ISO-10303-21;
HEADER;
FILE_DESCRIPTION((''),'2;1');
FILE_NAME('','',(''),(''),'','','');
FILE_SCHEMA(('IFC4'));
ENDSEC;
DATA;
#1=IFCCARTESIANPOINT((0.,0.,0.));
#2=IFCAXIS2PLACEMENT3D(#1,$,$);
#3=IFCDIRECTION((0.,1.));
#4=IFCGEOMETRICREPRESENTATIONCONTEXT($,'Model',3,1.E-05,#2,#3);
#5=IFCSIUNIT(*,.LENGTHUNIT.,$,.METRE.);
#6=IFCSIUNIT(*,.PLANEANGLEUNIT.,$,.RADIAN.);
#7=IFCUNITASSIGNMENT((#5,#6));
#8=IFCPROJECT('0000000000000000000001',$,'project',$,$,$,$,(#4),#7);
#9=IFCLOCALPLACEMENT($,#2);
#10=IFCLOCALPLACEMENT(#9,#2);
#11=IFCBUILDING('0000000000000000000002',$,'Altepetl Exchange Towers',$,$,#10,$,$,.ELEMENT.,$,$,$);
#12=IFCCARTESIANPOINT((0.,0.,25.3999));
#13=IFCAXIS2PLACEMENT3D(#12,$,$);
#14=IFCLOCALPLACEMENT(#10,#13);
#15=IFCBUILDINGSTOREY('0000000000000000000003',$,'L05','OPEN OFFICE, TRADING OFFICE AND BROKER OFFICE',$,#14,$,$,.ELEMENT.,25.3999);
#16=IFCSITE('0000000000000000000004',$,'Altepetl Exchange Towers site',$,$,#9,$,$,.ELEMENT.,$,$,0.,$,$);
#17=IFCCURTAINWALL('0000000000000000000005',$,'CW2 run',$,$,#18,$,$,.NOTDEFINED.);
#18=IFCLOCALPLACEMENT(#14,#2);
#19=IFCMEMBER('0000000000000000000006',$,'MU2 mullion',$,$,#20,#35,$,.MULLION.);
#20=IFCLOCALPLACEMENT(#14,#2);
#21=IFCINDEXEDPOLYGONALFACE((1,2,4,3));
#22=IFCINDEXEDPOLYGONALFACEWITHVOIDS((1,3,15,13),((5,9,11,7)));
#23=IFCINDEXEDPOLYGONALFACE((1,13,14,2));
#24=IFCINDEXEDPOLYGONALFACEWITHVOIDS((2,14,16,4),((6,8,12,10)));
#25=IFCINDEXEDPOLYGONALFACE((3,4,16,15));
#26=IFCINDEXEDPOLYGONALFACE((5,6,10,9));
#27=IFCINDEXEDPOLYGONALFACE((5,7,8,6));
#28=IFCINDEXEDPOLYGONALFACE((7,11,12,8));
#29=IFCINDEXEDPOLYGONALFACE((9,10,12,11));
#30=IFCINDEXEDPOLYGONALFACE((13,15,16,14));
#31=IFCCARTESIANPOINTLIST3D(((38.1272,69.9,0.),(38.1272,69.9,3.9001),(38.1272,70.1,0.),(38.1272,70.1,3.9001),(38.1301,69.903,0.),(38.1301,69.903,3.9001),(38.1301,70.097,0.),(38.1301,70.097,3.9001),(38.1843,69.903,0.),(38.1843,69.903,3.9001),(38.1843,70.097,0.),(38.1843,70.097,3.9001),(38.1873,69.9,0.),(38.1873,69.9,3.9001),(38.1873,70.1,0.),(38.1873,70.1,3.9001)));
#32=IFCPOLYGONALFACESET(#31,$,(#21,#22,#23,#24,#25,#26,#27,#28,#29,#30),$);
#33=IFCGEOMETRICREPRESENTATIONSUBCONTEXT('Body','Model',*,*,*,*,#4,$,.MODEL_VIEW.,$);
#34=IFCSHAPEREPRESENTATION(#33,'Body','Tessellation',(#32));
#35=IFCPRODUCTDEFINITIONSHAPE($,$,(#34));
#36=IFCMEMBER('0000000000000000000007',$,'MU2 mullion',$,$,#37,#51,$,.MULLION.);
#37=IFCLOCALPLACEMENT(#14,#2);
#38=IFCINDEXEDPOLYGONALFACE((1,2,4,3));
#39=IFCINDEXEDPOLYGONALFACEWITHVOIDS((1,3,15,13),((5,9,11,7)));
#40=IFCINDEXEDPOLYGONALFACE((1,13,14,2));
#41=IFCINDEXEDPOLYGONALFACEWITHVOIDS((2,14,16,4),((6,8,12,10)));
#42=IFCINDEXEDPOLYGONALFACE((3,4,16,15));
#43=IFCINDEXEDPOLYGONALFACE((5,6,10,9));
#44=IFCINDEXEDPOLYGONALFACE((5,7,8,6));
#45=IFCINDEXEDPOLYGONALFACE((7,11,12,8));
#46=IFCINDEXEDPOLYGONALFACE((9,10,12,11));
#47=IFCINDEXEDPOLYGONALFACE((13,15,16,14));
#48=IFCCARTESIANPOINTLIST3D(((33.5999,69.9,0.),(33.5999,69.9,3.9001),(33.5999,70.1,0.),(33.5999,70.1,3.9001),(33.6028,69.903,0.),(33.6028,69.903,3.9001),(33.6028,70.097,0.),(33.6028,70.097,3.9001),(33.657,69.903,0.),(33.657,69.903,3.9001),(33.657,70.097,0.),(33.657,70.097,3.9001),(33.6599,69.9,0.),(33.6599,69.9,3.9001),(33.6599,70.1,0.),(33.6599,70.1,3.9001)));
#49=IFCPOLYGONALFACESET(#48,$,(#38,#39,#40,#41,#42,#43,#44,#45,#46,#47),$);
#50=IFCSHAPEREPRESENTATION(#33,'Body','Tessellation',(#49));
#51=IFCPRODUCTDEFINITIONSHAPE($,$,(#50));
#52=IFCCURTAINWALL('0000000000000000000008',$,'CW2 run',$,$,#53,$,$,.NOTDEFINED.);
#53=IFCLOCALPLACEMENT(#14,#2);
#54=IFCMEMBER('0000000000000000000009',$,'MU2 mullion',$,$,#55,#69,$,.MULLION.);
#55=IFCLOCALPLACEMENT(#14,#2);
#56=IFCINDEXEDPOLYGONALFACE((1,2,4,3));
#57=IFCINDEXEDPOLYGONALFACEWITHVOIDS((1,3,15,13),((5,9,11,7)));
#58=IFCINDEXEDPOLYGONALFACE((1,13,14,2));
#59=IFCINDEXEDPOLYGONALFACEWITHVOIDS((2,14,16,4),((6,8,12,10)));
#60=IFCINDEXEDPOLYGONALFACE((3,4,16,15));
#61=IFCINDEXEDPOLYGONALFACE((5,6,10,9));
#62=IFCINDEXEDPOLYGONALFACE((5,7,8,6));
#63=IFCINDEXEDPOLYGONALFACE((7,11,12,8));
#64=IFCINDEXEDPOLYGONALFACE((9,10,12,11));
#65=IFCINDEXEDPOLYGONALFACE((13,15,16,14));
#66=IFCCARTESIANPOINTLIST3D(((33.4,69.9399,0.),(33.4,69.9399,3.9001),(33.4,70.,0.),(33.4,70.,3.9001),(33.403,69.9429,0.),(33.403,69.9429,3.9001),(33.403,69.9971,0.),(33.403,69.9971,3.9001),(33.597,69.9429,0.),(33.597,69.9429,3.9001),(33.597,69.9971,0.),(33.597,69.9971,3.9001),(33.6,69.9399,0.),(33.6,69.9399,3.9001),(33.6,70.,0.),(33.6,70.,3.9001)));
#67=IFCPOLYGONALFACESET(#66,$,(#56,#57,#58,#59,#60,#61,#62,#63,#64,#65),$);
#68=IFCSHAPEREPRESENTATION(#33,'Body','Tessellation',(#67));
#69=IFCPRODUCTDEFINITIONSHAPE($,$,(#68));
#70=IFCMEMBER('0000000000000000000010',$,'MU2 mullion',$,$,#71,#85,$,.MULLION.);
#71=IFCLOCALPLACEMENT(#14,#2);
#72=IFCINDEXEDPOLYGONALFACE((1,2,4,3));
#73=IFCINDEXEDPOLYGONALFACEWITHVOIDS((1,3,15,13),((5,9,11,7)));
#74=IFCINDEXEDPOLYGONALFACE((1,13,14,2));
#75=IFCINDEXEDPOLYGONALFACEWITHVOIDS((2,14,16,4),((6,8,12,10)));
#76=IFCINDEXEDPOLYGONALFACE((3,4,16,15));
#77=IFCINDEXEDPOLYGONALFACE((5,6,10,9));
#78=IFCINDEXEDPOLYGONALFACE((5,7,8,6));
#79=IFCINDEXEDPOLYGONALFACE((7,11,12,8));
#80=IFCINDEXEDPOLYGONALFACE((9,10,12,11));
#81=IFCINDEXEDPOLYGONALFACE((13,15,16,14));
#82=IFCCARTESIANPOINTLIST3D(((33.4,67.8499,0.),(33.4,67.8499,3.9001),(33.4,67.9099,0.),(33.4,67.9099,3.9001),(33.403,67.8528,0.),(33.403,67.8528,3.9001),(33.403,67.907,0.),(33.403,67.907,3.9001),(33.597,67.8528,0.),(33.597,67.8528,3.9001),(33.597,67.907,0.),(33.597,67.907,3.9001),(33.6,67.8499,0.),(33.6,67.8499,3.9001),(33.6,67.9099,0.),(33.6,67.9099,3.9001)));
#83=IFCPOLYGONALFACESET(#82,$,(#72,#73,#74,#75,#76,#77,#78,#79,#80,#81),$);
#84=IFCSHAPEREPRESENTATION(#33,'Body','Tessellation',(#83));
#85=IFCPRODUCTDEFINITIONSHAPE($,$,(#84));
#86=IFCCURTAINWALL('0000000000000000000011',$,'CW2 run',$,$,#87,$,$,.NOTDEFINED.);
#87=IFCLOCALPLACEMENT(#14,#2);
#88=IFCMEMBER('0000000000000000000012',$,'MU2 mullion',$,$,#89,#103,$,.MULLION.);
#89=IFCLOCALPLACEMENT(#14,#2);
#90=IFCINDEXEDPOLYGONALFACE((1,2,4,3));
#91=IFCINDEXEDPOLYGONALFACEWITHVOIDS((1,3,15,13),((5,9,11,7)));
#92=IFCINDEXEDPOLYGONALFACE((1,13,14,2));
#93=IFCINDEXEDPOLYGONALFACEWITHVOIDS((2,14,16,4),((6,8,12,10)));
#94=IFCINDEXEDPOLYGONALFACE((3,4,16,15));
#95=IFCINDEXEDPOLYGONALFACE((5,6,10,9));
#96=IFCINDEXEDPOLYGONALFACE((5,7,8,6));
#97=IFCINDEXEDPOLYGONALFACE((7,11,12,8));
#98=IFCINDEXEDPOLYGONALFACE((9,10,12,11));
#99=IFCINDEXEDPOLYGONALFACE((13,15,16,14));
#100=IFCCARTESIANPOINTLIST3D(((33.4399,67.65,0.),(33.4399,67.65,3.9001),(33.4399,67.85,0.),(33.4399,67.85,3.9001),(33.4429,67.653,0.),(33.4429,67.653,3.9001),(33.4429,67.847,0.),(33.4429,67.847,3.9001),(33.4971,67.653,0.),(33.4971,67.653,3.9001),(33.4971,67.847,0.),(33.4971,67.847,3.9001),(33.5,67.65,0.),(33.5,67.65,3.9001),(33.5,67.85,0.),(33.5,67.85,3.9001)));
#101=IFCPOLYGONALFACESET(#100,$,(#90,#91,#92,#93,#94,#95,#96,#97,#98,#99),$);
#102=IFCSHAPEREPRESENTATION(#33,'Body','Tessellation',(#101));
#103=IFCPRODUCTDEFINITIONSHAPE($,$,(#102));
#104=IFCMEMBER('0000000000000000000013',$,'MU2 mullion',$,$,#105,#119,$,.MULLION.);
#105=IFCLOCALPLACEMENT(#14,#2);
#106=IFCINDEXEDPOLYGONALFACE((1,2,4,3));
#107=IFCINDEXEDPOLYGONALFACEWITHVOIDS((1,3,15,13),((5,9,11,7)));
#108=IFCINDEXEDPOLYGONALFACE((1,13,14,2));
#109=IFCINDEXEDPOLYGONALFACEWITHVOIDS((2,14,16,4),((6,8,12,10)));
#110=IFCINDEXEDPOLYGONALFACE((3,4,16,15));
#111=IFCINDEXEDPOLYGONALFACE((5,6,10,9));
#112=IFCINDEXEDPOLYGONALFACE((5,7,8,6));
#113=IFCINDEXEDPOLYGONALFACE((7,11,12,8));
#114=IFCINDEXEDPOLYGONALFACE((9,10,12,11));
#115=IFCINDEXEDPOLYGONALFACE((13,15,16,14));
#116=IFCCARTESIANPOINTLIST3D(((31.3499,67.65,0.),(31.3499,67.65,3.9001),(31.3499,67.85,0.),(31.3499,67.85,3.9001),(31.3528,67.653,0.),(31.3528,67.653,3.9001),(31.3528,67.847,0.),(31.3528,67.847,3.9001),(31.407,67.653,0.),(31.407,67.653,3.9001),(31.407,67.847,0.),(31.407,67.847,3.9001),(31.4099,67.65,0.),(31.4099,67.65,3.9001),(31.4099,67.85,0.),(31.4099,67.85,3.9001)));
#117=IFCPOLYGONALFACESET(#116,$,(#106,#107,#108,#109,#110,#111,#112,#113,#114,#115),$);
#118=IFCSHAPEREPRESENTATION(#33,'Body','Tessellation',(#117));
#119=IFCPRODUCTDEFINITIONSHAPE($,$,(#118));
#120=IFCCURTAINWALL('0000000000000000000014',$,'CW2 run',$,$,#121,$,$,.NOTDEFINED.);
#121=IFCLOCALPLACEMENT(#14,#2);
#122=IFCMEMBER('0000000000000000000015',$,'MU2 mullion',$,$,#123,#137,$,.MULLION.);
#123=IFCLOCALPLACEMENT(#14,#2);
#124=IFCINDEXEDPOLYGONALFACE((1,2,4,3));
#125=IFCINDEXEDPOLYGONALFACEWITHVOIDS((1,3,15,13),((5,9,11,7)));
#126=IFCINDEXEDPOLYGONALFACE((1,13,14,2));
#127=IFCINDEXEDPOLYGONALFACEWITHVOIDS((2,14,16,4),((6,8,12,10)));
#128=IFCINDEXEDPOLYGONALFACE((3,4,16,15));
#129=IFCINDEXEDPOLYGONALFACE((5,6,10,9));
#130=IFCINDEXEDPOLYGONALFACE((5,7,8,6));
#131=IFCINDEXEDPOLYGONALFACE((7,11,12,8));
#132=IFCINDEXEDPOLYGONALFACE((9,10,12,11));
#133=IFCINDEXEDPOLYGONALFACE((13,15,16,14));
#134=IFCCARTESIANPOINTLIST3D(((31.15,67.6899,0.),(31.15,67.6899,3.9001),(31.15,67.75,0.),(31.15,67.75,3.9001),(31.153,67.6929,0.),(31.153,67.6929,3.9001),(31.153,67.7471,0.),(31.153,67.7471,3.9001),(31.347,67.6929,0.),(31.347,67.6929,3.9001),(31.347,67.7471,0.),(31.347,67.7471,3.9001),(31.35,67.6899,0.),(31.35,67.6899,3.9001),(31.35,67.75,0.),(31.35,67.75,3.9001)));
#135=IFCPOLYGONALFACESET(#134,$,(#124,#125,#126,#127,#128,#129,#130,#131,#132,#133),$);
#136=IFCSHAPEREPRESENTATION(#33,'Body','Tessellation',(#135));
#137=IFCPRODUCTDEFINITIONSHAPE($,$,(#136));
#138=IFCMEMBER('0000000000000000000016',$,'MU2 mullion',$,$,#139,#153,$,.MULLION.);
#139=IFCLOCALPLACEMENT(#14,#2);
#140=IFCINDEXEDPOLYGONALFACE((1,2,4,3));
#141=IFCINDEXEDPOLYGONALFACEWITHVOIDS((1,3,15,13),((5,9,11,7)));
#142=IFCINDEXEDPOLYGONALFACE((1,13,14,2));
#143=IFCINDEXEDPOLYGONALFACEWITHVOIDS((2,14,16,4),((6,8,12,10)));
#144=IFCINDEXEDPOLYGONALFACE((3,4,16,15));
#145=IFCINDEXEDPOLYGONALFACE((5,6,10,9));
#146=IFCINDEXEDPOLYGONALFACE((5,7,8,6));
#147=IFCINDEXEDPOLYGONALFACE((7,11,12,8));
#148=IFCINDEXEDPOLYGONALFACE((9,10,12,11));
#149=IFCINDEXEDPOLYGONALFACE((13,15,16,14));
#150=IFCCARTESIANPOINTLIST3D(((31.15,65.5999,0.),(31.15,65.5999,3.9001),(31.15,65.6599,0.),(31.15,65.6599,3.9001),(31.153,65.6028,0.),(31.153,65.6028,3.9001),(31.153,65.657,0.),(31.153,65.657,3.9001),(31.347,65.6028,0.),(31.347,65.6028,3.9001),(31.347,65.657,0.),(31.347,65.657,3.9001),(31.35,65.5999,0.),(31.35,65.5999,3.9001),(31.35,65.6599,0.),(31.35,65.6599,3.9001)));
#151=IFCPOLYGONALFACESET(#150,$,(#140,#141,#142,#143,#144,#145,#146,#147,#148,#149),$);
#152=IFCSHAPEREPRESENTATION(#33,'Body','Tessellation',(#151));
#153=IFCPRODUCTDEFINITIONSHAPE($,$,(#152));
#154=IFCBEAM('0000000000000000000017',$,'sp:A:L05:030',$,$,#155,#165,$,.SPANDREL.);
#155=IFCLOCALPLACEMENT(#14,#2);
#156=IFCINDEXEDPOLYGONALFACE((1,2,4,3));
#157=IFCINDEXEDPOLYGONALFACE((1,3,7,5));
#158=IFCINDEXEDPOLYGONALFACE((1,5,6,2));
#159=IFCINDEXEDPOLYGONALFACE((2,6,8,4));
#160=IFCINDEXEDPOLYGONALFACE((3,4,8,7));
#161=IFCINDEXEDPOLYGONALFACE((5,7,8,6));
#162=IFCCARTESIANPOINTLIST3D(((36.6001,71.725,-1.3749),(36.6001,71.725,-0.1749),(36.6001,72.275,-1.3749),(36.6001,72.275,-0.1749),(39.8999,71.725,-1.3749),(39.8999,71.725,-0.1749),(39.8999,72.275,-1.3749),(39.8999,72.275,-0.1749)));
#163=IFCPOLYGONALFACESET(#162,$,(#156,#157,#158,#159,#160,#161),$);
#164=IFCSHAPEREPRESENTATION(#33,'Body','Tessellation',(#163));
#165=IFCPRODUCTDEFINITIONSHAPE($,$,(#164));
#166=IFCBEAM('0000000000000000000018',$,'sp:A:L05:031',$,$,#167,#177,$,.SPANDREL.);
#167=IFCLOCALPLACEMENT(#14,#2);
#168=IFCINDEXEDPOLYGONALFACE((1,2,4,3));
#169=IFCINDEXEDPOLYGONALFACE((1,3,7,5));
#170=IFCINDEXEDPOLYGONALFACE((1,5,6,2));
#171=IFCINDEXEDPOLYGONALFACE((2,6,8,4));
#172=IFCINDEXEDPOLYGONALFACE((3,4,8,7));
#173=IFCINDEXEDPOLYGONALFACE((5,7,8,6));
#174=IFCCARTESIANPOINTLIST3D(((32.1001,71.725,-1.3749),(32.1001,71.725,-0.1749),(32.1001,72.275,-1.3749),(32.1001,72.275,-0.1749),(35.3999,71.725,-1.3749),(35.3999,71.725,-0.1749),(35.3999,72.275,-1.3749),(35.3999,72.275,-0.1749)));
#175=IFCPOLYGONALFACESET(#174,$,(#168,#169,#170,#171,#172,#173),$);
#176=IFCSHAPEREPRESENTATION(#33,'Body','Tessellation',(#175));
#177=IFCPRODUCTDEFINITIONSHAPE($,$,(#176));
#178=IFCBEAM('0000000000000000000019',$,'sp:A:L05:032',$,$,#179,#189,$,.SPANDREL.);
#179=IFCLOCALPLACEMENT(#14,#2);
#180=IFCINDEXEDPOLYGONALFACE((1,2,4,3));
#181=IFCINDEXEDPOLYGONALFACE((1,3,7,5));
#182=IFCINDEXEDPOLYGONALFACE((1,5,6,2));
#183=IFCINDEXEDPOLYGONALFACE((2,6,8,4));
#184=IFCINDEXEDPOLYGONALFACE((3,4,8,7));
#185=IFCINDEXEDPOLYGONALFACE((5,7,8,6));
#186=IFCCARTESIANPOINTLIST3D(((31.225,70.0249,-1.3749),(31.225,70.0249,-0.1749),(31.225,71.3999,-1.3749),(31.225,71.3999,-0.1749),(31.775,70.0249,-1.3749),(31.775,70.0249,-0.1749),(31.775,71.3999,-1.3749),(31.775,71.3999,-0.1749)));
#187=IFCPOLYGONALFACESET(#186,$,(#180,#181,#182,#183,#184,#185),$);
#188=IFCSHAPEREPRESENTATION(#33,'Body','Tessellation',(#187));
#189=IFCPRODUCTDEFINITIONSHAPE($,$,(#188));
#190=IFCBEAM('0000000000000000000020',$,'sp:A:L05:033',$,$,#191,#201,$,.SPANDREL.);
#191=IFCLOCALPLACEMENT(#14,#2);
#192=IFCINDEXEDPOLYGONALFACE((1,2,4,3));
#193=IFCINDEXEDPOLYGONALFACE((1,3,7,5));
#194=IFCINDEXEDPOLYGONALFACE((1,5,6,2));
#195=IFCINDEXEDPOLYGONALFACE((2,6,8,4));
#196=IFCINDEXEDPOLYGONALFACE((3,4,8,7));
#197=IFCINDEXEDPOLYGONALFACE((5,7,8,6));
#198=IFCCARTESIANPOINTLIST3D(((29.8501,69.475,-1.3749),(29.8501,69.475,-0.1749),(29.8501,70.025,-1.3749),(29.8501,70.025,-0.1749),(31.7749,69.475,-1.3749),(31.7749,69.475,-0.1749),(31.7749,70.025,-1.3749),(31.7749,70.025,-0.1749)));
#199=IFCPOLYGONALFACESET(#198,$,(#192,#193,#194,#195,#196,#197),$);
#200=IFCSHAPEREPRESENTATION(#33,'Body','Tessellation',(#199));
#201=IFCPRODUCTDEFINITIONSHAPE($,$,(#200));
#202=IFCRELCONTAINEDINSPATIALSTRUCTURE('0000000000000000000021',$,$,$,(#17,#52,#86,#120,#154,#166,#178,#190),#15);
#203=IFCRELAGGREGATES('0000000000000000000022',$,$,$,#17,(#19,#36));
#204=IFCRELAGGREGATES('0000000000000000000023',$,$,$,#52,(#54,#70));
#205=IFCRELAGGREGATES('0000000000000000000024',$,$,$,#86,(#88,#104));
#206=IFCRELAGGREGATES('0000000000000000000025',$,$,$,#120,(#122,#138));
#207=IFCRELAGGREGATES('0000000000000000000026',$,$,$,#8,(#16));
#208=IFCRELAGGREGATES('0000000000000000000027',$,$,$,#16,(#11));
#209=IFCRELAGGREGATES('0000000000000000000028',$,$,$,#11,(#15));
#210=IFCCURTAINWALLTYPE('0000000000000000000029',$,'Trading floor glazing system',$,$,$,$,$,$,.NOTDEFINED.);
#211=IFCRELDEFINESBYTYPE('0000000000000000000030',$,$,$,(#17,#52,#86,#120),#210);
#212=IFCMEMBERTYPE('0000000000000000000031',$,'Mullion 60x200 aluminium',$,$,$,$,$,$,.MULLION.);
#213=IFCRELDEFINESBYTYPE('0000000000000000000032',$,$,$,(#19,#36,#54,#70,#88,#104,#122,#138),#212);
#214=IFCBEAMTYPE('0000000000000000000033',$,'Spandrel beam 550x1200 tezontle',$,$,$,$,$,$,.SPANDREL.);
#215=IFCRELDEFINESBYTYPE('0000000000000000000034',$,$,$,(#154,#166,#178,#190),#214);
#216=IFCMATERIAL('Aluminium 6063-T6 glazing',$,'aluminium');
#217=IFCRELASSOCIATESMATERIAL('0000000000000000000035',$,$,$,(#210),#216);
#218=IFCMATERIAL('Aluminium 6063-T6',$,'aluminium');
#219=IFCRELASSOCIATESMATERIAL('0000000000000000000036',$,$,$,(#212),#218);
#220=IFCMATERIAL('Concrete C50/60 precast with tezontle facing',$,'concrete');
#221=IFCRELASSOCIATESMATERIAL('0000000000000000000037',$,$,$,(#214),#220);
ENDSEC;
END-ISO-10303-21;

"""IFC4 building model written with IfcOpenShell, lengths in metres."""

from ifc_helpers import new_model, si_unit, direction, frame, origin, origin_2d, place, context, subcontext, project, spatial, rectangle, hollow_rectangle, extrude, material, material_profile, profile_set, type_object, element, aggregate, save


model = new_model("IFC4")

# Units and contexts
model_context = context("Model", 3, precision=1e-05, world=origin(), true_north=direction((0.0, 1.0)))
body_context = subcontext(model_context, "Body", "Model", "MODEL_VIEW")
ifc_project = project(units=[si_unit("LENGTHUNIT", "METRE"), si_unit("PLANEANGLEUNIT", "RADIAN")], contexts=[model_context])

# Site, building, storey
site_placement = place(None, origin())
site = spatial("IfcSite", under=ifc_project, at=site_placement, Name="Altepetl Exchange Towers site", CompositionType="ELEMENT", RefElevation=0.0)
building_placement = place(site_placement, origin())
building = spatial("IfcBuilding", under=site, at=building_placement, Name="Altepetl Exchange Towers", CompositionType="ELEMENT")
storey_placement = place(building_placement, frame((0.0, 0.0, 25.3999)))
storey = spatial("IfcBuildingStorey", under=building, at=storey_placement, Name="L05", Description="OPEN OFFICE, TRADING OFFICE AND BROKER OFFICE", CompositionType="ELEMENT", Elevation=25.3999)

# Shared definitions
ifc_material_1 = material(Name="Aluminium 6063-T6 glazing", Category="aluminium")
curtain_wall_type = type_object("IfcCurtainWallType", Name="Trading floor glazing system", PredefinedType="NOTDEFINED", material=ifc_material_1)
ifc_material_2 = material(Name="Aluminium 6063-T6", Category="aluminium")
ifc_material_profile_1 = material_profile(ifc_material_2, hollow_rectangle(XDim=0.0601, YDim=0.2, WallThickness=0.0029, at=origin_2d()), Name="Mullion 60x200 aluminium")
ifc_profile_set_1 = profile_set([ifc_material_profile_1], Name="Aluminium 6063-T6")
member_type = type_object("IfcMemberType", Name="Mullion 60x200 aluminium", PredefinedType="MULLION", material=ifc_profile_set_1)

# Curtain walls, members
curtain_wall_1_placement = place(storey_placement, origin())
curtain_wall_1 = element("IfcCurtainWall", 1, at=curtain_wall_1_placement, inside=storey, type_object=curtain_wall_type, Name="CW2 run", PredefinedType="NOTDEFINED")
member_1_placement = place(storey_placement, frame((38.1572, 70.0, 0.0), z_axis=(0.0, 0.0, 1.0), x_axis=(-1.0, 0.0, 0.0)))
member_1 = element("IfcMember", 2, at=member_1_placement, type_object=member_type, Name="MU2 mullion", PredefinedType="MULLION", context=body_context, shape_type="SweptSolid", body=[
    extrude(hollow_rectangle(XDim=0.0601, YDim=0.2, WallThickness=0.0029, at=origin_2d()), origin(), (0.0, 0.0, 1.0), 3.9001),
])
member_2_placement = place(storey_placement, frame((33.6299, 70.0, 0.0), z_axis=(0.0, 0.0, 1.0), x_axis=(-1.0, 0.0, 0.0)))
member_2 = element("IfcMember", 3, at=member_2_placement, type_object=member_type, Name="MU2 mullion", PredefinedType="MULLION", context=body_context, shape_type="SweptSolid", body=[
    extrude(hollow_rectangle(XDim=0.0601, YDim=0.2, WallThickness=0.0029, at=origin_2d()), origin(), (0.0, 0.0, 1.0), 3.9001),
])
curtain_wall_2_placement = place(storey_placement, origin())
curtain_wall_2 = element("IfcCurtainWall", 4, at=curtain_wall_2_placement, inside=storey, type_object=curtain_wall_type, Name="CW2 run", PredefinedType="NOTDEFINED")
member_3_placement = place(storey_placement, frame((33.5, 69.97, 0.0), z_axis=(0.0, 0.0, 1.0), x_axis=(0.0, -1.0, 0.0)))
member_3 = element("IfcMember", 5, at=member_3_placement, type_object=member_type, Name="MU2 mullion", PredefinedType="MULLION", context=body_context, shape_type="SweptSolid", body=[
    extrude(hollow_rectangle(XDim=0.0601, YDim=0.2, WallThickness=0.0029, at=origin_2d()), origin(), (0.0, 0.0, 1.0), 3.9001),
])
member_4_placement = place(storey_placement, frame((33.5, 67.8799, 0.0), z_axis=(0.0, 0.0, 1.0), x_axis=(0.0, -1.0, 0.0)))
member_4 = element("IfcMember", 6, at=member_4_placement, type_object=member_type, Name="MU2 mullion", PredefinedType="MULLION", context=body_context, shape_type="SweptSolid", body=[
    extrude(hollow_rectangle(XDim=0.0601, YDim=0.2, WallThickness=0.0029, at=origin_2d()), origin(), (0.0, 0.0, 1.0), 3.9001),
])
curtain_wall_3_placement = place(storey_placement, origin())
curtain_wall_3 = element("IfcCurtainWall", 7, at=curtain_wall_3_placement, inside=storey, type_object=curtain_wall_type, Name="CW2 run", PredefinedType="NOTDEFINED")
member_5_placement = place(storey_placement, frame((33.47, 67.75, 0.0), z_axis=(0.0, 0.0, 1.0), x_axis=(-1.0, 0.0, 0.0)))
member_5 = element("IfcMember", 8, at=member_5_placement, type_object=member_type, Name="MU2 mullion", PredefinedType="MULLION", context=body_context, shape_type="SweptSolid", body=[
    extrude(hollow_rectangle(XDim=0.0601, YDim=0.2, WallThickness=0.0029, at=origin_2d()), origin(), (0.0, 0.0, 1.0), 3.9001),
])
member_6_placement = place(storey_placement, frame((31.3799, 67.75, 0.0), z_axis=(0.0, 0.0, 1.0), x_axis=(-1.0, 0.0, 0.0)))
member_6 = element("IfcMember", 9, at=member_6_placement, type_object=member_type, Name="MU2 mullion", PredefinedType="MULLION", context=body_context, shape_type="SweptSolid", body=[
    extrude(hollow_rectangle(XDim=0.0601, YDim=0.2, WallThickness=0.0029, at=origin_2d()), origin(), (0.0, 0.0, 1.0), 3.9001),
])
curtain_wall_4_placement = place(storey_placement, origin())
curtain_wall_4 = element("IfcCurtainWall", 10, at=curtain_wall_4_placement, inside=storey, type_object=curtain_wall_type, Name="CW2 run", PredefinedType="NOTDEFINED")
member_7_placement = place(storey_placement, frame((31.25, 67.72, 0.0), z_axis=(0.0, 0.0, 1.0), x_axis=(0.0, -1.0, 0.0)))
member_7 = element("IfcMember", 11, at=member_7_placement, type_object=member_type, Name="MU2 mullion", PredefinedType="MULLION", context=body_context, shape_type="SweptSolid", body=[
    extrude(hollow_rectangle(XDim=0.0601, YDim=0.2, WallThickness=0.0029, at=origin_2d()), origin(), (0.0, 0.0, 1.0), 3.9001),
])
member_8_placement = place(storey_placement, frame((31.25, 65.6299, 0.0), z_axis=(0.0, 0.0, 1.0), x_axis=(0.0, -1.0, 0.0)))
member_8 = element("IfcMember", 12, at=member_8_placement, type_object=member_type, Name="MU2 mullion", PredefinedType="MULLION", context=body_context, shape_type="SweptSolid", body=[
    extrude(hollow_rectangle(XDim=0.0601, YDim=0.2, WallThickness=0.0029, at=origin_2d()), origin(), (0.0, 0.0, 1.0), 3.9001),
])

# Beams
ifc_material_3 = material(Name="Concrete C50/60 precast with tezontle facing", Category="concrete")
ifc_material_profile_2 = material_profile(ifc_material_3, rectangle(XDim=0.55, YDim=1.2, at=origin_2d()), Name="550 x 1200")
ifc_profile_set_2 = profile_set([ifc_material_profile_2], Name="Concrete C50/60 precast with tezontle facing")
beam_type_1 = type_object("IfcBeamType", Name="Spandrel beam 550x1200 tezontle", PredefinedType="SPANDREL", material=ifc_profile_set_2)
for number, where, z_axis, x_axis, name in (
    (13, (39.8999, 72.0, -0.7749), (-1.0, 0.0, 0.0), (0.0, -1.0, 0.0), "sp:A:L05:030"),
    (14, (35.3999, 72.0, -0.7749), (-1.0, 0.0, 0.0), (0.0, -1.0, 0.0), "sp:A:L05:031"),
):
    element("IfcBeam", number, at=place(storey_placement, frame(where, z_axis=z_axis, x_axis=x_axis)), inside=storey, type_object=beam_type_1, Name=name, PredefinedType="SPANDREL", context=body_context, shape_type="SweptSolid", body=[
        extrude(rectangle(XDim=0.55, YDim=1.2, at=origin_2d()), origin(), (0.0, 0.0, 1.0), 3.2998),
    ])
beam_1_placement = place(storey_placement, frame((31.5, 71.3999, -0.7749), z_axis=(0.0, -1.0, 0.0), x_axis=(1.0, 0.0, 0.0)))
element("IfcBeam", 15, at=beam_1_placement, inside=storey, type_object=beam_type_1, Name="sp:A:L05:032", PredefinedType="SPANDREL", context=body_context, shape_type="SweptSolid", body=[
    extrude(rectangle(XDim=0.55, YDim=1.2, at=origin_2d()), origin(), (0.0, 0.0, 1.0), 1.375),
])
beam_2_placement = place(storey_placement, frame((31.7749, 69.75, -0.7749), z_axis=(-1.0, 0.0, 0.0), x_axis=(0.0, -1.0, 0.0)))
element("IfcBeam", 16, at=beam_2_placement, inside=storey, type_object=beam_type_1, Name="sp:A:L05:033", PredefinedType="SPANDREL", context=body_context, shape_type="SweptSolid", body=[
    extrude(rectangle(XDim=0.55, YDim=1.2, at=origin_2d()), origin(), (0.0, 0.0, 1.0), 1.9248),
])

aggregate(curtain_wall_1, [member_1, member_2])
aggregate(curtain_wall_2, [member_3, member_4])
aggregate(curtain_wall_3, [member_5, member_6])
aggregate(curtain_wall_4, [member_7, member_8])

save(model, "model.ifc")
